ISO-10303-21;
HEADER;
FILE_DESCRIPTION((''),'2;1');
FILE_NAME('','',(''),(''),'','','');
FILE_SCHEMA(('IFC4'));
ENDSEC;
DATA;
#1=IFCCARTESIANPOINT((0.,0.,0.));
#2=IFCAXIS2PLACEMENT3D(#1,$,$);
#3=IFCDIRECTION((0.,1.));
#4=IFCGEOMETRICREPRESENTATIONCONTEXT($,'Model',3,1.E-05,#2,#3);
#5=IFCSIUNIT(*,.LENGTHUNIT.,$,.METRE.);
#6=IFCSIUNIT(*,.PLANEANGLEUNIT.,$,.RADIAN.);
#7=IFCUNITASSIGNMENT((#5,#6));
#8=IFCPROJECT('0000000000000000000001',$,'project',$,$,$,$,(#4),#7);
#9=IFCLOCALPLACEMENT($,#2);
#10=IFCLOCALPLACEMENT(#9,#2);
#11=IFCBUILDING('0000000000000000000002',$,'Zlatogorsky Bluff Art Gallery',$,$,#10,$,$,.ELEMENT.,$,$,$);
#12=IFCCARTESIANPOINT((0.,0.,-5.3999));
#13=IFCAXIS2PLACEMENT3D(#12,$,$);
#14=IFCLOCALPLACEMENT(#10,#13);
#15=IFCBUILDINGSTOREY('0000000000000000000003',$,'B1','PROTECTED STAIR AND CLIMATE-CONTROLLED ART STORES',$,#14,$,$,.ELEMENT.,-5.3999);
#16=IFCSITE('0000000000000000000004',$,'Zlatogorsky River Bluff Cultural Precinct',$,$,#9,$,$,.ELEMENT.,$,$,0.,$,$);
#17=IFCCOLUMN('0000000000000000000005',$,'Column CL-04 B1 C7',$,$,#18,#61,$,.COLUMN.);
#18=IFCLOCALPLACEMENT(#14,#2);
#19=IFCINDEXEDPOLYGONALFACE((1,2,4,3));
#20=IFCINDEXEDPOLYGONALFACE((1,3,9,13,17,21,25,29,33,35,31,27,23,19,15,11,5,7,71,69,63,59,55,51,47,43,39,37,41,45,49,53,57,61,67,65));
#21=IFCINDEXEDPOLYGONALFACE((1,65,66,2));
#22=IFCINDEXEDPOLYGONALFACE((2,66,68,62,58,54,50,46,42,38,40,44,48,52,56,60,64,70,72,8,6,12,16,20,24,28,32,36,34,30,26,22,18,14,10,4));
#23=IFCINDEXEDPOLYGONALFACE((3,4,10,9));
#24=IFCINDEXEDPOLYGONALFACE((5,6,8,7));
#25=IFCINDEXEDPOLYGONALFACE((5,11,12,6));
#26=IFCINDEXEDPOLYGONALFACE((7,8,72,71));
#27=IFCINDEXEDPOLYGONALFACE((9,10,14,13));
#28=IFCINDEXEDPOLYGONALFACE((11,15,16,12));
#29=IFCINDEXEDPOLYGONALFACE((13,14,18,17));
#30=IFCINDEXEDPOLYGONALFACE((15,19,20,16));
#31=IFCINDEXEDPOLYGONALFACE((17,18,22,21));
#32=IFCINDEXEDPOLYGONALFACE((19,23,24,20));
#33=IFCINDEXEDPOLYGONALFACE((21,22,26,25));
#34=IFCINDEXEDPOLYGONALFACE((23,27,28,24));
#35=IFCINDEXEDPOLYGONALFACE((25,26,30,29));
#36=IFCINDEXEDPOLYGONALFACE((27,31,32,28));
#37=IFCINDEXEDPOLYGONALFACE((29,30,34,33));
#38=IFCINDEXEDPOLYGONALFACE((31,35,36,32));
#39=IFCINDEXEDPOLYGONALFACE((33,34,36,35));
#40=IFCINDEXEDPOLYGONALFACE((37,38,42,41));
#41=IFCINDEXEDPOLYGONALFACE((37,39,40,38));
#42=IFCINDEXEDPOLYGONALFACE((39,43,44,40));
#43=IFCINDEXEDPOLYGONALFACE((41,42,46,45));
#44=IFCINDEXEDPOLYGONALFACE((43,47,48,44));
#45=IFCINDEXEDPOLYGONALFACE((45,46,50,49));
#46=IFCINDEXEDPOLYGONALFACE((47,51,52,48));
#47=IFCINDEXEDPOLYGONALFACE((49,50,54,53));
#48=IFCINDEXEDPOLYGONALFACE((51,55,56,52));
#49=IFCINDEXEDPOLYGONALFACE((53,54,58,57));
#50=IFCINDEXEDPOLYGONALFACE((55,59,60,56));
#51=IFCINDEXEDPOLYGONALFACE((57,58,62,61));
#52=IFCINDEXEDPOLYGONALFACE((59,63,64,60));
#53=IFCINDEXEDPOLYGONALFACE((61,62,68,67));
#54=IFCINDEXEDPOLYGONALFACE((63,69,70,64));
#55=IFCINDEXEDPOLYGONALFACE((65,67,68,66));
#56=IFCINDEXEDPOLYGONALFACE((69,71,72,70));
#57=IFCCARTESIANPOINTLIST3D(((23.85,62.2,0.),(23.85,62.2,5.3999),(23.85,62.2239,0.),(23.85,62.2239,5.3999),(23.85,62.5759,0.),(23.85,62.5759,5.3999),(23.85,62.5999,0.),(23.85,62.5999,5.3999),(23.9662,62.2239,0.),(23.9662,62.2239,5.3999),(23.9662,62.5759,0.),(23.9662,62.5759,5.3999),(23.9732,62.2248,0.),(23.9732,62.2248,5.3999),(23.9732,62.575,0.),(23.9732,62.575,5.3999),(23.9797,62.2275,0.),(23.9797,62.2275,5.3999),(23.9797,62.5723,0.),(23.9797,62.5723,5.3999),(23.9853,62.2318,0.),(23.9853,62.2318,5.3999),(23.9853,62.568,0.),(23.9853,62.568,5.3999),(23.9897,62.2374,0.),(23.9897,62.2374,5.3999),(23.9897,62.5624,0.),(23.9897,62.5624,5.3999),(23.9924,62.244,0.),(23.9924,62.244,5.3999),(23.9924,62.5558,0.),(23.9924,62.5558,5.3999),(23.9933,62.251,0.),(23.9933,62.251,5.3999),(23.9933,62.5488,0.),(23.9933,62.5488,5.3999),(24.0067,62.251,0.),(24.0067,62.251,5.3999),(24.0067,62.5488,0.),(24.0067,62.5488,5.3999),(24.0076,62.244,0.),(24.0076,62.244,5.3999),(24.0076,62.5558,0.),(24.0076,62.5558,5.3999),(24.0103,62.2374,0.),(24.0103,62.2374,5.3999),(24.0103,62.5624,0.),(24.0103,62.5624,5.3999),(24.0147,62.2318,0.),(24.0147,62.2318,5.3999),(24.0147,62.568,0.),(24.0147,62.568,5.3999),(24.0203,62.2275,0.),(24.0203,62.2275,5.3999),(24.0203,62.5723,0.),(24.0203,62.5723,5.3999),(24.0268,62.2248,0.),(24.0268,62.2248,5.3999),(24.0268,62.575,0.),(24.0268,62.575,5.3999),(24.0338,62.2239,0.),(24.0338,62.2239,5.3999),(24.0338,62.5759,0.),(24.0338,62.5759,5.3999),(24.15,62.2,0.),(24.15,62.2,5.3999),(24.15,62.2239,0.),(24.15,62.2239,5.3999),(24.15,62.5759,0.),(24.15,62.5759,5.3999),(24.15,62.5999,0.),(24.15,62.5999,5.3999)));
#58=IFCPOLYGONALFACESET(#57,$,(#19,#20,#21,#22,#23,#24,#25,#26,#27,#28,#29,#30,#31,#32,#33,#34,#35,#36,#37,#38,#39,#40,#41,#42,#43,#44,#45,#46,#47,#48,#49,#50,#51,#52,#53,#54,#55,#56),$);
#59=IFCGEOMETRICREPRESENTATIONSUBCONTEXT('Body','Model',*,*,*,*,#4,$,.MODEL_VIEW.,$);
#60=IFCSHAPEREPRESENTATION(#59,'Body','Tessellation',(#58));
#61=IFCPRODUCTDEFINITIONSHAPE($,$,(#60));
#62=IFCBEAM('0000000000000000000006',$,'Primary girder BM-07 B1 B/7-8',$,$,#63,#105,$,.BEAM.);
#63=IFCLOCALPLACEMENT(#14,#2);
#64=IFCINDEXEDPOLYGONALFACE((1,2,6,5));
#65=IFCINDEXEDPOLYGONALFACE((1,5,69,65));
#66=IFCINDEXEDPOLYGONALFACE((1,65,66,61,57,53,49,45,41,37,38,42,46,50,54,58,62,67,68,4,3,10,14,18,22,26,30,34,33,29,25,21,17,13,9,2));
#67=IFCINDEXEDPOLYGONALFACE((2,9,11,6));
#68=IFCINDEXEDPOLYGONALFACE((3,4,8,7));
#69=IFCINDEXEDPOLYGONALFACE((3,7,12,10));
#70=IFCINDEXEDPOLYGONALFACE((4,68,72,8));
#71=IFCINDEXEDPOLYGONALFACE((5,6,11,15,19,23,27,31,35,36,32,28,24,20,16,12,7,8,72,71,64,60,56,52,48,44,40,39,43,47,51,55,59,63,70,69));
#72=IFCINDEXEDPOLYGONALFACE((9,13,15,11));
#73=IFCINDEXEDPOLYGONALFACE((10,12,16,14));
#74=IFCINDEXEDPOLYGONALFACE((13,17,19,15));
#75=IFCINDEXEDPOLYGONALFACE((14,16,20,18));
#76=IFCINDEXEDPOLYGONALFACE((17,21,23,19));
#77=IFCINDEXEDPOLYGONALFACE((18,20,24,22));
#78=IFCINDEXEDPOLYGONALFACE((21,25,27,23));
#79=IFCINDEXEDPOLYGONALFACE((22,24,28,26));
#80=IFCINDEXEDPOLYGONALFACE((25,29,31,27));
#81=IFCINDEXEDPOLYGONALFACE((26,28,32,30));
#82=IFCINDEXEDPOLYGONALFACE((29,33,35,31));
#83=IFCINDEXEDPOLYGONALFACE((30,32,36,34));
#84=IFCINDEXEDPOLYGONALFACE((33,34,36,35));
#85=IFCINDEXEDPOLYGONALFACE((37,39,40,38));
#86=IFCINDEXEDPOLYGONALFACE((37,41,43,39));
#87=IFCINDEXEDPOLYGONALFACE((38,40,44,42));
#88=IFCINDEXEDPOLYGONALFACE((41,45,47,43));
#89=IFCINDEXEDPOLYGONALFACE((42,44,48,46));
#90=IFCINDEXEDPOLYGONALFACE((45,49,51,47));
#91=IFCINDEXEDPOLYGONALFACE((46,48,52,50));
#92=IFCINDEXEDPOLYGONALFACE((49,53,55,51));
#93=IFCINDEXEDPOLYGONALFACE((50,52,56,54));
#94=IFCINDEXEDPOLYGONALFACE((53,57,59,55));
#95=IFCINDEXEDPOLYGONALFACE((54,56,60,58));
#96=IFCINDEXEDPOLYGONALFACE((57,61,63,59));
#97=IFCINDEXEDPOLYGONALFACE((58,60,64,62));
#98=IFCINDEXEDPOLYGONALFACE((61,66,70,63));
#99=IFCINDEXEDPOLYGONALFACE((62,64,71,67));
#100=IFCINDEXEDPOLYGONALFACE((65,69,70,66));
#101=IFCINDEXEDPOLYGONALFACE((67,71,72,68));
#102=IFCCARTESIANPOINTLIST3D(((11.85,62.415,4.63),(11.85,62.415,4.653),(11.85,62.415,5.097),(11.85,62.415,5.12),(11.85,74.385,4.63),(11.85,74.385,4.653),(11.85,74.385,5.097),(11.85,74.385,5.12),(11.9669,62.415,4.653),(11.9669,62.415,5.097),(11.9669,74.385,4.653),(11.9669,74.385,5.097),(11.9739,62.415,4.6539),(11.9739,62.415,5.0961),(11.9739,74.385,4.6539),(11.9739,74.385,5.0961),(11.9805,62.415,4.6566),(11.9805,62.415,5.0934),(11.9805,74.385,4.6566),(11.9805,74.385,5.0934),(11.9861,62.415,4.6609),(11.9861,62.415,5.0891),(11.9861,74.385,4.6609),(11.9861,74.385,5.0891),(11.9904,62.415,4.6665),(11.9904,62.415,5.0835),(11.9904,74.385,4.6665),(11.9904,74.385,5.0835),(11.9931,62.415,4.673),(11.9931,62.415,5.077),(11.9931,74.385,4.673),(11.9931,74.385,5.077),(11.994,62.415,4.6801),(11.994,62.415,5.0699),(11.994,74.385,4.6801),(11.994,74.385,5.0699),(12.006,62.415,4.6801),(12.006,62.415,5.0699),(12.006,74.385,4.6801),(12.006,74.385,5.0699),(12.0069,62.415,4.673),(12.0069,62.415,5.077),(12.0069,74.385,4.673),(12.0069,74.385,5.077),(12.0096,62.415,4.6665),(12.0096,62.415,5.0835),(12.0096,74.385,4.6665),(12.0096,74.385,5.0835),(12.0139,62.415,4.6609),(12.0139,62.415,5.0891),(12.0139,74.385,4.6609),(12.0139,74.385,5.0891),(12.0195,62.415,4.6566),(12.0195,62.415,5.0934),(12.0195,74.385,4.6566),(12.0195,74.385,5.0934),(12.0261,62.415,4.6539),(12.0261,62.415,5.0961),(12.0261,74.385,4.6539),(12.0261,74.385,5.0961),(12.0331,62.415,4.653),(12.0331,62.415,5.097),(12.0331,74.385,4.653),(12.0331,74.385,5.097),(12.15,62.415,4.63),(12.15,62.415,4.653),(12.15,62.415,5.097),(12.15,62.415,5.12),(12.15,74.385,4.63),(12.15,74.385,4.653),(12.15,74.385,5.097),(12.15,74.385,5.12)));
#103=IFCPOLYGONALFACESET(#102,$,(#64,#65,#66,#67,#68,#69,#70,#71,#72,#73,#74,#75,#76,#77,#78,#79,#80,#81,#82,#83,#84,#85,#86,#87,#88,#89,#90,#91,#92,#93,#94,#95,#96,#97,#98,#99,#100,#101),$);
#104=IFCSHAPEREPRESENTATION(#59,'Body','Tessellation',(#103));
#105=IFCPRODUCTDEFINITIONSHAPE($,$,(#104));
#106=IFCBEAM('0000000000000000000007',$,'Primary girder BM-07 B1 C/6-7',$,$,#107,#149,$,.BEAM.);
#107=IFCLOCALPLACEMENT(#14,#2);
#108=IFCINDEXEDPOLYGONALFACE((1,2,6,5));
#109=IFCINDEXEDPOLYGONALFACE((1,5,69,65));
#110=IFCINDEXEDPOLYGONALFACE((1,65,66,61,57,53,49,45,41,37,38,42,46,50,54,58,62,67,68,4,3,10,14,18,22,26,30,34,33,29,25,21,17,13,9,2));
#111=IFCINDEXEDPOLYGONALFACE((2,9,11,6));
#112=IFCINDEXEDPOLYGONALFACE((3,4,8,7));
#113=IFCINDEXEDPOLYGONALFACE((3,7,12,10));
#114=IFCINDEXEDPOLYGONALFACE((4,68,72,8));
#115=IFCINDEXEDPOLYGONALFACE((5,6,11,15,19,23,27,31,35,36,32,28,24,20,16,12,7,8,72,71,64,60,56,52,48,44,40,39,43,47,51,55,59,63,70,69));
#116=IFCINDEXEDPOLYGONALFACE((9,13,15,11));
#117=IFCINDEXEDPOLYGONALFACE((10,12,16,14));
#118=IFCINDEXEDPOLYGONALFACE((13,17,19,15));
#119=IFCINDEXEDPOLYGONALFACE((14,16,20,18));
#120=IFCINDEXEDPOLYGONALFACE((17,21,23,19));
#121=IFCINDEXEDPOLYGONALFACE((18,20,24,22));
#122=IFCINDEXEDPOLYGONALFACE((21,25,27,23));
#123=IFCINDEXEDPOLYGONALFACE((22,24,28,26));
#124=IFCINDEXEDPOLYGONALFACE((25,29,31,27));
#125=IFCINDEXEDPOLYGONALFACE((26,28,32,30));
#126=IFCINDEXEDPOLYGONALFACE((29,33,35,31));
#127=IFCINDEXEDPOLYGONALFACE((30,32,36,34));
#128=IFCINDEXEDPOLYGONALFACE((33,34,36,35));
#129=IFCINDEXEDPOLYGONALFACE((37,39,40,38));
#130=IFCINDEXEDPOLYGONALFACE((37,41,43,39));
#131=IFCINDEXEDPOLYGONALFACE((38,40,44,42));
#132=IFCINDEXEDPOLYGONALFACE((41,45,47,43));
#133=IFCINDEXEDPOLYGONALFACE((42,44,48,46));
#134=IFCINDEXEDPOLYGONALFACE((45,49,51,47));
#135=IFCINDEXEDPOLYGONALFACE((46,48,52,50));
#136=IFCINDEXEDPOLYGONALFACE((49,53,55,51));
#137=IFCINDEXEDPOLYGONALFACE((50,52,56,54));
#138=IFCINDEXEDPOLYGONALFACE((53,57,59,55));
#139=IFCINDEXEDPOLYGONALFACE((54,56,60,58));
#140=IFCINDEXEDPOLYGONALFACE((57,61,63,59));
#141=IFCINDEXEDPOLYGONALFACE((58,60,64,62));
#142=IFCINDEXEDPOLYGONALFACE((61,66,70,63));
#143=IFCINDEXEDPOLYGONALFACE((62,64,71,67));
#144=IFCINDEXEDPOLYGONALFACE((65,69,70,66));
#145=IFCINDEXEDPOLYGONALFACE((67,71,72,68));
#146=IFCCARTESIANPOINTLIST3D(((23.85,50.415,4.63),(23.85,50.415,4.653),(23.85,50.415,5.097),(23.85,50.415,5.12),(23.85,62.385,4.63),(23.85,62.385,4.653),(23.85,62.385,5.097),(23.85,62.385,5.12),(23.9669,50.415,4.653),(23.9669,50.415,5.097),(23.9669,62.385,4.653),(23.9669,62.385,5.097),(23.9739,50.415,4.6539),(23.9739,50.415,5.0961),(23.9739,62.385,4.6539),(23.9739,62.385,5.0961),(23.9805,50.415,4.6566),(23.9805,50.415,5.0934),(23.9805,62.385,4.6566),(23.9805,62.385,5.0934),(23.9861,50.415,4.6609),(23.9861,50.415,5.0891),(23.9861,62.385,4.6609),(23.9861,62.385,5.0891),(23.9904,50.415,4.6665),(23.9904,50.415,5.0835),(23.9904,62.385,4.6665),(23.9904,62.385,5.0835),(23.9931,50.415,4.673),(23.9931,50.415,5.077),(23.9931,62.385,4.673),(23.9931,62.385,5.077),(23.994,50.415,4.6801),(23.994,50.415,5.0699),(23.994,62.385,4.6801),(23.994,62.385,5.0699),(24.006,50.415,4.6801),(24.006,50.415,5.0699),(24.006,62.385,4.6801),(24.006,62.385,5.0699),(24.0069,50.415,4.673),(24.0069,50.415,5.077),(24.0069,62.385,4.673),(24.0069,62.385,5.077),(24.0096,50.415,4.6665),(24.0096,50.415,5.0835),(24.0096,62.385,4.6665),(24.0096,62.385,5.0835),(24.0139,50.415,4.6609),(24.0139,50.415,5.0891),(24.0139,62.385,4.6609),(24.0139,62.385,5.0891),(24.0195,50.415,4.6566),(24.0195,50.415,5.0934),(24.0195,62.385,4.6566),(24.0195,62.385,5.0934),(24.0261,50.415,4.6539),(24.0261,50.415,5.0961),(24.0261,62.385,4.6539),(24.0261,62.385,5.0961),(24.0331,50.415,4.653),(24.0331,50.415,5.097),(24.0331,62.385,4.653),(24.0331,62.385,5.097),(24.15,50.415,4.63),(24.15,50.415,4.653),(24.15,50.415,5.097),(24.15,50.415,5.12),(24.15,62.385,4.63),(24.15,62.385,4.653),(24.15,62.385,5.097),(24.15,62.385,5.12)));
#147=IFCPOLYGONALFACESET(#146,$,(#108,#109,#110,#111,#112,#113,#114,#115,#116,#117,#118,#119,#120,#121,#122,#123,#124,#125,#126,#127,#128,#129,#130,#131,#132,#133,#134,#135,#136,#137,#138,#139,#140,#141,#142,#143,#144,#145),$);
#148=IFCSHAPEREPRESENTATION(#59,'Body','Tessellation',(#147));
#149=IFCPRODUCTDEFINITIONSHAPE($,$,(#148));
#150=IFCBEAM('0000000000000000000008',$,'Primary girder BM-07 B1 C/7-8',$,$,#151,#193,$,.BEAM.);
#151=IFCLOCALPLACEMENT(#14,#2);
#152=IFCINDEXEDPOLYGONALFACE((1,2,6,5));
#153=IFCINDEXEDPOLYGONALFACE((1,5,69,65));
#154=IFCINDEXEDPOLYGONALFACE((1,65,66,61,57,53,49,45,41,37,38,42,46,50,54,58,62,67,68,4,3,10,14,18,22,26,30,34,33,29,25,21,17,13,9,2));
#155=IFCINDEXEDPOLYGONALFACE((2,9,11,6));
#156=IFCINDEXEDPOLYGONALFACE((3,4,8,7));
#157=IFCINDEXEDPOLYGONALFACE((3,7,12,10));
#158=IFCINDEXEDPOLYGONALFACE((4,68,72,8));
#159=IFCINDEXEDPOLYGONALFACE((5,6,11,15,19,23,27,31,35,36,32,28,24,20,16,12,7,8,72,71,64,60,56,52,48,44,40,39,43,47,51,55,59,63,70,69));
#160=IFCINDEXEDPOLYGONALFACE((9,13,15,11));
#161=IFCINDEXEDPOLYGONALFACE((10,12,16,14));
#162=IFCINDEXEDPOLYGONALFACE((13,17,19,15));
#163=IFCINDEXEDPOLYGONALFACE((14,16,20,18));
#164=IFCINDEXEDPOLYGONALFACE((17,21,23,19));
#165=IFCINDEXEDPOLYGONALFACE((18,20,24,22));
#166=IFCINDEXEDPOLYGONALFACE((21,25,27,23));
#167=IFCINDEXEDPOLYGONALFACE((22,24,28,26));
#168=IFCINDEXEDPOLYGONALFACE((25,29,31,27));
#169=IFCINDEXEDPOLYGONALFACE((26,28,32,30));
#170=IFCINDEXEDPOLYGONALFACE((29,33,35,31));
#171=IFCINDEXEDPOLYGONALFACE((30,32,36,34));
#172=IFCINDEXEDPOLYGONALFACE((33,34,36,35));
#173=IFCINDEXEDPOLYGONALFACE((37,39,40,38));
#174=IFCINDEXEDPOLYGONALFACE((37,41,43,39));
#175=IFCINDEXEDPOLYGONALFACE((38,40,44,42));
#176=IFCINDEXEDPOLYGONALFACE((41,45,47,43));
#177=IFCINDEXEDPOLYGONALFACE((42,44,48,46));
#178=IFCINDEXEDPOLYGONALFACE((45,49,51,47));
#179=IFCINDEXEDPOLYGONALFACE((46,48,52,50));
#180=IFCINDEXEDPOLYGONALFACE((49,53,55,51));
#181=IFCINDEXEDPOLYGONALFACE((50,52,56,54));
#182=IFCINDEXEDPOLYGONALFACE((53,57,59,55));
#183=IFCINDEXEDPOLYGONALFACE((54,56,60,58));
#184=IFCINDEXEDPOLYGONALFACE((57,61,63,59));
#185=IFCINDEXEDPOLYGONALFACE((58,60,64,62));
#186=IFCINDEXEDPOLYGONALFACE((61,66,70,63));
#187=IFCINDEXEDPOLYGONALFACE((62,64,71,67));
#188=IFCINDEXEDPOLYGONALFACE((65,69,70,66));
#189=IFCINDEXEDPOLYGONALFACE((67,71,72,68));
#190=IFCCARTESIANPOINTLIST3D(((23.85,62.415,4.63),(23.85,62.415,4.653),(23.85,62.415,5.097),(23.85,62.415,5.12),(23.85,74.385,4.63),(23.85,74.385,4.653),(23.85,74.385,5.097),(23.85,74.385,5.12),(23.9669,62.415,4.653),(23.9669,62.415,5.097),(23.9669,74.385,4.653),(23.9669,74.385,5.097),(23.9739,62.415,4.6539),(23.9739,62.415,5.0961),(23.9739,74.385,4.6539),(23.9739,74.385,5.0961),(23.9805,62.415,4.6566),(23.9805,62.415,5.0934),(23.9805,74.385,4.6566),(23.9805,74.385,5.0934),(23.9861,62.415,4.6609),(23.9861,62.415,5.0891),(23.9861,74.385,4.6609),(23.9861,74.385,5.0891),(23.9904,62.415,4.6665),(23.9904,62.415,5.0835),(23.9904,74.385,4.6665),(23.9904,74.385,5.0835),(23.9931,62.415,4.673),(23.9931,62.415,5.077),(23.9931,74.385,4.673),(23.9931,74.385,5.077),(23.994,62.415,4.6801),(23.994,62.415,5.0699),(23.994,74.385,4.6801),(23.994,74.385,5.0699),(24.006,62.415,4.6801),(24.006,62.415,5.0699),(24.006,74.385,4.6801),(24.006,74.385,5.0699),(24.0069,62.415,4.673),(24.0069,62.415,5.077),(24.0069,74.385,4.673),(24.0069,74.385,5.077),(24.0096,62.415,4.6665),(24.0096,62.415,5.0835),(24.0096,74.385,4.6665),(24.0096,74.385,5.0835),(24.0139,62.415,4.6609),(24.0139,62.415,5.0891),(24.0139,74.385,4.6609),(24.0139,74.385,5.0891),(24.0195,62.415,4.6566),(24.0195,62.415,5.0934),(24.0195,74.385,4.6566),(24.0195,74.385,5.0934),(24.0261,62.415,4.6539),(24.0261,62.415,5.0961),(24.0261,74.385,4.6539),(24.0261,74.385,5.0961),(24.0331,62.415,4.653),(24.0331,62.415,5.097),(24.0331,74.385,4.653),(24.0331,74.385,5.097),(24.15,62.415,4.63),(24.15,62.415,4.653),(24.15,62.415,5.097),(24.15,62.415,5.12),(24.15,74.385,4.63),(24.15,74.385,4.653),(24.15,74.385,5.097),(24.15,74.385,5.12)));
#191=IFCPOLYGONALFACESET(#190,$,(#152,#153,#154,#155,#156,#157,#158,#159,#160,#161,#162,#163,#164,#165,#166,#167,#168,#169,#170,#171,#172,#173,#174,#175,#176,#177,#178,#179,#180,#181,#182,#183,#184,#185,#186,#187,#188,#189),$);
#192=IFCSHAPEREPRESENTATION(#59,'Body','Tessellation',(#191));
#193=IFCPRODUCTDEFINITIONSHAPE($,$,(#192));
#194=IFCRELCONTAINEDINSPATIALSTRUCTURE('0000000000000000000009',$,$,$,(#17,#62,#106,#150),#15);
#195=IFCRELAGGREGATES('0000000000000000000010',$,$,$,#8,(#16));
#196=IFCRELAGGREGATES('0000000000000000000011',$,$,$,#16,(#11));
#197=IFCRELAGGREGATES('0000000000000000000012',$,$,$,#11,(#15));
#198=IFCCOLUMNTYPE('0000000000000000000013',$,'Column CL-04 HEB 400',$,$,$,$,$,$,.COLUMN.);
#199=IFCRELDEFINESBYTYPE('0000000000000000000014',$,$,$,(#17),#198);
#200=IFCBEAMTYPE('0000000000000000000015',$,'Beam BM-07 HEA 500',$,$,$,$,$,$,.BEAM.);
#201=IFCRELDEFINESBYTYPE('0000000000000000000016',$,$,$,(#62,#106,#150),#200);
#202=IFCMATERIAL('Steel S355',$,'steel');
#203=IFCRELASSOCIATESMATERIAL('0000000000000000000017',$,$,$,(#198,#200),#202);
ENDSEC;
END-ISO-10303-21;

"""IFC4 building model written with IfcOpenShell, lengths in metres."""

from ifc_helpers import new_model, si_unit, direction, frame, origin, origin_2d, place, context, subcontext, project, spatial, i_section, extrude, material, material_profile, profile_set, type_object, element, save


model = new_model("IFC4")

# Units and contexts
model_context = context("Model", 3, precision=1e-05, world=origin(), true_north=direction((0.0, 1.0)))
body_context = subcontext(model_context, "Body", "Model", "MODEL_VIEW")
ifc_project = project(units=[si_unit("LENGTHUNIT", "METRE"), si_unit("PLANEANGLEUNIT", "RADIAN")], contexts=[model_context])

# Site, building, storey
site_placement = place(None, origin())
site = spatial("IfcSite", under=ifc_project, at=site_placement, Name="Zlatogorsky River Bluff Cultural Precinct", CompositionType="ELEMENT", RefElevation=0.0)
building_placement = place(site_placement, origin())
building = spatial("IfcBuilding", under=site, at=building_placement, Name="Zlatogorsky Bluff Art Gallery", CompositionType="ELEMENT")
storey_placement = place(building_placement, frame((0.0, 0.0, -5.3999)))
storey = spatial("IfcBuildingStorey", under=building, at=storey_placement, Name="B1", Description="PROTECTED STAIR AND CLIMATE-CONTROLLED ART STORES", CompositionType="ELEMENT", Elevation=-5.3999)

# Column
ifc_material_1 = material(Name="Steel S355", Category="steel")
ifc_material_profile_1 = material_profile(ifc_material_1, i_section(OverallWidth=0.3, OverallDepth=0.3999, WebThickness=0.0134, FlangeThickness=0.0239, FilletRadius=0.0271, at=origin_2d()), Name="HEB 400")
ifc_profile_set_1 = profile_set([ifc_material_profile_1], Name="Steel S355")
column_type = type_object("IfcColumnType", Name="Column CL-04 HEB 400", PredefinedType="COLUMN", material=ifc_profile_set_1)
for number, where, z_axis, x_axis, name in (
    (1, (24.0, 62.3999, 0.0), (0.0, 0.0, 1.0), (1.0, 0.0, 0.0), "Column CL-04 B1 C7"),
):
    element("IfcColumn", number, at=place(storey_placement, frame(where, z_axis=z_axis, x_axis=x_axis)), inside=storey, type_object=column_type, Name=name, PredefinedType="COLUMN", context=body_context, shape_type="SweptSolid", body=[
        extrude(i_section(OverallWidth=0.3, OverallDepth=0.3999, WebThickness=0.0134, FlangeThickness=0.0239, FilletRadius=0.0271, at=origin_2d()), origin(), (0.0, 0.0, 1.0), 5.3999),
    ])

# Beams
ifc_material_profile_2 = material_profile(ifc_material_1, i_section(OverallWidth=0.3, OverallDepth=0.49, WebThickness=0.012, FlangeThickness=0.0229, FilletRadius=0.0271, at=origin_2d()), Name="HEA 500")
ifc_profile_set_2 = profile_set([ifc_material_profile_2], Name="Steel S355")
beam_type_1 = type_object("IfcBeamType", Name="Beam BM-07 HEA 500", PredefinedType="BEAM", material=ifc_profile_set_2)
for number, where, z_axis, x_axis, name in (
    (2, (12.0, 62.415, 4.875), (0.0, 1.0, 0.0), (-1.0, 0.0, 0.0), "Primary girder BM-07 B1 B/7-8"),
    (3, (24.0, 50.415, 4.875), (0.0, 1.0, 0.0), (-1.0, 0.0, 0.0), "Primary girder BM-07 B1 C/6-7"),
    (4, (24.0, 62.415, 4.875), (0.0, 1.0, 0.0), (-1.0, 0.0, 0.0), "Primary girder BM-07 B1 C/7-8"),
):
    element("IfcBeam", number, at=place(storey_placement, frame(where, z_axis=z_axis, x_axis=x_axis)), inside=storey, type_object=beam_type_1, Name=name, PredefinedType="BEAM", context=body_context, shape_type="SweptSolid", body=[
        extrude(i_section(OverallWidth=0.3, OverallDepth=0.49, WebThickness=0.012, FlangeThickness=0.0229, FilletRadius=0.0271, at=origin_2d()), origin(), (0.0, 0.0, 1.0), 11.97),
    ])

save(model, "model.ifc")
